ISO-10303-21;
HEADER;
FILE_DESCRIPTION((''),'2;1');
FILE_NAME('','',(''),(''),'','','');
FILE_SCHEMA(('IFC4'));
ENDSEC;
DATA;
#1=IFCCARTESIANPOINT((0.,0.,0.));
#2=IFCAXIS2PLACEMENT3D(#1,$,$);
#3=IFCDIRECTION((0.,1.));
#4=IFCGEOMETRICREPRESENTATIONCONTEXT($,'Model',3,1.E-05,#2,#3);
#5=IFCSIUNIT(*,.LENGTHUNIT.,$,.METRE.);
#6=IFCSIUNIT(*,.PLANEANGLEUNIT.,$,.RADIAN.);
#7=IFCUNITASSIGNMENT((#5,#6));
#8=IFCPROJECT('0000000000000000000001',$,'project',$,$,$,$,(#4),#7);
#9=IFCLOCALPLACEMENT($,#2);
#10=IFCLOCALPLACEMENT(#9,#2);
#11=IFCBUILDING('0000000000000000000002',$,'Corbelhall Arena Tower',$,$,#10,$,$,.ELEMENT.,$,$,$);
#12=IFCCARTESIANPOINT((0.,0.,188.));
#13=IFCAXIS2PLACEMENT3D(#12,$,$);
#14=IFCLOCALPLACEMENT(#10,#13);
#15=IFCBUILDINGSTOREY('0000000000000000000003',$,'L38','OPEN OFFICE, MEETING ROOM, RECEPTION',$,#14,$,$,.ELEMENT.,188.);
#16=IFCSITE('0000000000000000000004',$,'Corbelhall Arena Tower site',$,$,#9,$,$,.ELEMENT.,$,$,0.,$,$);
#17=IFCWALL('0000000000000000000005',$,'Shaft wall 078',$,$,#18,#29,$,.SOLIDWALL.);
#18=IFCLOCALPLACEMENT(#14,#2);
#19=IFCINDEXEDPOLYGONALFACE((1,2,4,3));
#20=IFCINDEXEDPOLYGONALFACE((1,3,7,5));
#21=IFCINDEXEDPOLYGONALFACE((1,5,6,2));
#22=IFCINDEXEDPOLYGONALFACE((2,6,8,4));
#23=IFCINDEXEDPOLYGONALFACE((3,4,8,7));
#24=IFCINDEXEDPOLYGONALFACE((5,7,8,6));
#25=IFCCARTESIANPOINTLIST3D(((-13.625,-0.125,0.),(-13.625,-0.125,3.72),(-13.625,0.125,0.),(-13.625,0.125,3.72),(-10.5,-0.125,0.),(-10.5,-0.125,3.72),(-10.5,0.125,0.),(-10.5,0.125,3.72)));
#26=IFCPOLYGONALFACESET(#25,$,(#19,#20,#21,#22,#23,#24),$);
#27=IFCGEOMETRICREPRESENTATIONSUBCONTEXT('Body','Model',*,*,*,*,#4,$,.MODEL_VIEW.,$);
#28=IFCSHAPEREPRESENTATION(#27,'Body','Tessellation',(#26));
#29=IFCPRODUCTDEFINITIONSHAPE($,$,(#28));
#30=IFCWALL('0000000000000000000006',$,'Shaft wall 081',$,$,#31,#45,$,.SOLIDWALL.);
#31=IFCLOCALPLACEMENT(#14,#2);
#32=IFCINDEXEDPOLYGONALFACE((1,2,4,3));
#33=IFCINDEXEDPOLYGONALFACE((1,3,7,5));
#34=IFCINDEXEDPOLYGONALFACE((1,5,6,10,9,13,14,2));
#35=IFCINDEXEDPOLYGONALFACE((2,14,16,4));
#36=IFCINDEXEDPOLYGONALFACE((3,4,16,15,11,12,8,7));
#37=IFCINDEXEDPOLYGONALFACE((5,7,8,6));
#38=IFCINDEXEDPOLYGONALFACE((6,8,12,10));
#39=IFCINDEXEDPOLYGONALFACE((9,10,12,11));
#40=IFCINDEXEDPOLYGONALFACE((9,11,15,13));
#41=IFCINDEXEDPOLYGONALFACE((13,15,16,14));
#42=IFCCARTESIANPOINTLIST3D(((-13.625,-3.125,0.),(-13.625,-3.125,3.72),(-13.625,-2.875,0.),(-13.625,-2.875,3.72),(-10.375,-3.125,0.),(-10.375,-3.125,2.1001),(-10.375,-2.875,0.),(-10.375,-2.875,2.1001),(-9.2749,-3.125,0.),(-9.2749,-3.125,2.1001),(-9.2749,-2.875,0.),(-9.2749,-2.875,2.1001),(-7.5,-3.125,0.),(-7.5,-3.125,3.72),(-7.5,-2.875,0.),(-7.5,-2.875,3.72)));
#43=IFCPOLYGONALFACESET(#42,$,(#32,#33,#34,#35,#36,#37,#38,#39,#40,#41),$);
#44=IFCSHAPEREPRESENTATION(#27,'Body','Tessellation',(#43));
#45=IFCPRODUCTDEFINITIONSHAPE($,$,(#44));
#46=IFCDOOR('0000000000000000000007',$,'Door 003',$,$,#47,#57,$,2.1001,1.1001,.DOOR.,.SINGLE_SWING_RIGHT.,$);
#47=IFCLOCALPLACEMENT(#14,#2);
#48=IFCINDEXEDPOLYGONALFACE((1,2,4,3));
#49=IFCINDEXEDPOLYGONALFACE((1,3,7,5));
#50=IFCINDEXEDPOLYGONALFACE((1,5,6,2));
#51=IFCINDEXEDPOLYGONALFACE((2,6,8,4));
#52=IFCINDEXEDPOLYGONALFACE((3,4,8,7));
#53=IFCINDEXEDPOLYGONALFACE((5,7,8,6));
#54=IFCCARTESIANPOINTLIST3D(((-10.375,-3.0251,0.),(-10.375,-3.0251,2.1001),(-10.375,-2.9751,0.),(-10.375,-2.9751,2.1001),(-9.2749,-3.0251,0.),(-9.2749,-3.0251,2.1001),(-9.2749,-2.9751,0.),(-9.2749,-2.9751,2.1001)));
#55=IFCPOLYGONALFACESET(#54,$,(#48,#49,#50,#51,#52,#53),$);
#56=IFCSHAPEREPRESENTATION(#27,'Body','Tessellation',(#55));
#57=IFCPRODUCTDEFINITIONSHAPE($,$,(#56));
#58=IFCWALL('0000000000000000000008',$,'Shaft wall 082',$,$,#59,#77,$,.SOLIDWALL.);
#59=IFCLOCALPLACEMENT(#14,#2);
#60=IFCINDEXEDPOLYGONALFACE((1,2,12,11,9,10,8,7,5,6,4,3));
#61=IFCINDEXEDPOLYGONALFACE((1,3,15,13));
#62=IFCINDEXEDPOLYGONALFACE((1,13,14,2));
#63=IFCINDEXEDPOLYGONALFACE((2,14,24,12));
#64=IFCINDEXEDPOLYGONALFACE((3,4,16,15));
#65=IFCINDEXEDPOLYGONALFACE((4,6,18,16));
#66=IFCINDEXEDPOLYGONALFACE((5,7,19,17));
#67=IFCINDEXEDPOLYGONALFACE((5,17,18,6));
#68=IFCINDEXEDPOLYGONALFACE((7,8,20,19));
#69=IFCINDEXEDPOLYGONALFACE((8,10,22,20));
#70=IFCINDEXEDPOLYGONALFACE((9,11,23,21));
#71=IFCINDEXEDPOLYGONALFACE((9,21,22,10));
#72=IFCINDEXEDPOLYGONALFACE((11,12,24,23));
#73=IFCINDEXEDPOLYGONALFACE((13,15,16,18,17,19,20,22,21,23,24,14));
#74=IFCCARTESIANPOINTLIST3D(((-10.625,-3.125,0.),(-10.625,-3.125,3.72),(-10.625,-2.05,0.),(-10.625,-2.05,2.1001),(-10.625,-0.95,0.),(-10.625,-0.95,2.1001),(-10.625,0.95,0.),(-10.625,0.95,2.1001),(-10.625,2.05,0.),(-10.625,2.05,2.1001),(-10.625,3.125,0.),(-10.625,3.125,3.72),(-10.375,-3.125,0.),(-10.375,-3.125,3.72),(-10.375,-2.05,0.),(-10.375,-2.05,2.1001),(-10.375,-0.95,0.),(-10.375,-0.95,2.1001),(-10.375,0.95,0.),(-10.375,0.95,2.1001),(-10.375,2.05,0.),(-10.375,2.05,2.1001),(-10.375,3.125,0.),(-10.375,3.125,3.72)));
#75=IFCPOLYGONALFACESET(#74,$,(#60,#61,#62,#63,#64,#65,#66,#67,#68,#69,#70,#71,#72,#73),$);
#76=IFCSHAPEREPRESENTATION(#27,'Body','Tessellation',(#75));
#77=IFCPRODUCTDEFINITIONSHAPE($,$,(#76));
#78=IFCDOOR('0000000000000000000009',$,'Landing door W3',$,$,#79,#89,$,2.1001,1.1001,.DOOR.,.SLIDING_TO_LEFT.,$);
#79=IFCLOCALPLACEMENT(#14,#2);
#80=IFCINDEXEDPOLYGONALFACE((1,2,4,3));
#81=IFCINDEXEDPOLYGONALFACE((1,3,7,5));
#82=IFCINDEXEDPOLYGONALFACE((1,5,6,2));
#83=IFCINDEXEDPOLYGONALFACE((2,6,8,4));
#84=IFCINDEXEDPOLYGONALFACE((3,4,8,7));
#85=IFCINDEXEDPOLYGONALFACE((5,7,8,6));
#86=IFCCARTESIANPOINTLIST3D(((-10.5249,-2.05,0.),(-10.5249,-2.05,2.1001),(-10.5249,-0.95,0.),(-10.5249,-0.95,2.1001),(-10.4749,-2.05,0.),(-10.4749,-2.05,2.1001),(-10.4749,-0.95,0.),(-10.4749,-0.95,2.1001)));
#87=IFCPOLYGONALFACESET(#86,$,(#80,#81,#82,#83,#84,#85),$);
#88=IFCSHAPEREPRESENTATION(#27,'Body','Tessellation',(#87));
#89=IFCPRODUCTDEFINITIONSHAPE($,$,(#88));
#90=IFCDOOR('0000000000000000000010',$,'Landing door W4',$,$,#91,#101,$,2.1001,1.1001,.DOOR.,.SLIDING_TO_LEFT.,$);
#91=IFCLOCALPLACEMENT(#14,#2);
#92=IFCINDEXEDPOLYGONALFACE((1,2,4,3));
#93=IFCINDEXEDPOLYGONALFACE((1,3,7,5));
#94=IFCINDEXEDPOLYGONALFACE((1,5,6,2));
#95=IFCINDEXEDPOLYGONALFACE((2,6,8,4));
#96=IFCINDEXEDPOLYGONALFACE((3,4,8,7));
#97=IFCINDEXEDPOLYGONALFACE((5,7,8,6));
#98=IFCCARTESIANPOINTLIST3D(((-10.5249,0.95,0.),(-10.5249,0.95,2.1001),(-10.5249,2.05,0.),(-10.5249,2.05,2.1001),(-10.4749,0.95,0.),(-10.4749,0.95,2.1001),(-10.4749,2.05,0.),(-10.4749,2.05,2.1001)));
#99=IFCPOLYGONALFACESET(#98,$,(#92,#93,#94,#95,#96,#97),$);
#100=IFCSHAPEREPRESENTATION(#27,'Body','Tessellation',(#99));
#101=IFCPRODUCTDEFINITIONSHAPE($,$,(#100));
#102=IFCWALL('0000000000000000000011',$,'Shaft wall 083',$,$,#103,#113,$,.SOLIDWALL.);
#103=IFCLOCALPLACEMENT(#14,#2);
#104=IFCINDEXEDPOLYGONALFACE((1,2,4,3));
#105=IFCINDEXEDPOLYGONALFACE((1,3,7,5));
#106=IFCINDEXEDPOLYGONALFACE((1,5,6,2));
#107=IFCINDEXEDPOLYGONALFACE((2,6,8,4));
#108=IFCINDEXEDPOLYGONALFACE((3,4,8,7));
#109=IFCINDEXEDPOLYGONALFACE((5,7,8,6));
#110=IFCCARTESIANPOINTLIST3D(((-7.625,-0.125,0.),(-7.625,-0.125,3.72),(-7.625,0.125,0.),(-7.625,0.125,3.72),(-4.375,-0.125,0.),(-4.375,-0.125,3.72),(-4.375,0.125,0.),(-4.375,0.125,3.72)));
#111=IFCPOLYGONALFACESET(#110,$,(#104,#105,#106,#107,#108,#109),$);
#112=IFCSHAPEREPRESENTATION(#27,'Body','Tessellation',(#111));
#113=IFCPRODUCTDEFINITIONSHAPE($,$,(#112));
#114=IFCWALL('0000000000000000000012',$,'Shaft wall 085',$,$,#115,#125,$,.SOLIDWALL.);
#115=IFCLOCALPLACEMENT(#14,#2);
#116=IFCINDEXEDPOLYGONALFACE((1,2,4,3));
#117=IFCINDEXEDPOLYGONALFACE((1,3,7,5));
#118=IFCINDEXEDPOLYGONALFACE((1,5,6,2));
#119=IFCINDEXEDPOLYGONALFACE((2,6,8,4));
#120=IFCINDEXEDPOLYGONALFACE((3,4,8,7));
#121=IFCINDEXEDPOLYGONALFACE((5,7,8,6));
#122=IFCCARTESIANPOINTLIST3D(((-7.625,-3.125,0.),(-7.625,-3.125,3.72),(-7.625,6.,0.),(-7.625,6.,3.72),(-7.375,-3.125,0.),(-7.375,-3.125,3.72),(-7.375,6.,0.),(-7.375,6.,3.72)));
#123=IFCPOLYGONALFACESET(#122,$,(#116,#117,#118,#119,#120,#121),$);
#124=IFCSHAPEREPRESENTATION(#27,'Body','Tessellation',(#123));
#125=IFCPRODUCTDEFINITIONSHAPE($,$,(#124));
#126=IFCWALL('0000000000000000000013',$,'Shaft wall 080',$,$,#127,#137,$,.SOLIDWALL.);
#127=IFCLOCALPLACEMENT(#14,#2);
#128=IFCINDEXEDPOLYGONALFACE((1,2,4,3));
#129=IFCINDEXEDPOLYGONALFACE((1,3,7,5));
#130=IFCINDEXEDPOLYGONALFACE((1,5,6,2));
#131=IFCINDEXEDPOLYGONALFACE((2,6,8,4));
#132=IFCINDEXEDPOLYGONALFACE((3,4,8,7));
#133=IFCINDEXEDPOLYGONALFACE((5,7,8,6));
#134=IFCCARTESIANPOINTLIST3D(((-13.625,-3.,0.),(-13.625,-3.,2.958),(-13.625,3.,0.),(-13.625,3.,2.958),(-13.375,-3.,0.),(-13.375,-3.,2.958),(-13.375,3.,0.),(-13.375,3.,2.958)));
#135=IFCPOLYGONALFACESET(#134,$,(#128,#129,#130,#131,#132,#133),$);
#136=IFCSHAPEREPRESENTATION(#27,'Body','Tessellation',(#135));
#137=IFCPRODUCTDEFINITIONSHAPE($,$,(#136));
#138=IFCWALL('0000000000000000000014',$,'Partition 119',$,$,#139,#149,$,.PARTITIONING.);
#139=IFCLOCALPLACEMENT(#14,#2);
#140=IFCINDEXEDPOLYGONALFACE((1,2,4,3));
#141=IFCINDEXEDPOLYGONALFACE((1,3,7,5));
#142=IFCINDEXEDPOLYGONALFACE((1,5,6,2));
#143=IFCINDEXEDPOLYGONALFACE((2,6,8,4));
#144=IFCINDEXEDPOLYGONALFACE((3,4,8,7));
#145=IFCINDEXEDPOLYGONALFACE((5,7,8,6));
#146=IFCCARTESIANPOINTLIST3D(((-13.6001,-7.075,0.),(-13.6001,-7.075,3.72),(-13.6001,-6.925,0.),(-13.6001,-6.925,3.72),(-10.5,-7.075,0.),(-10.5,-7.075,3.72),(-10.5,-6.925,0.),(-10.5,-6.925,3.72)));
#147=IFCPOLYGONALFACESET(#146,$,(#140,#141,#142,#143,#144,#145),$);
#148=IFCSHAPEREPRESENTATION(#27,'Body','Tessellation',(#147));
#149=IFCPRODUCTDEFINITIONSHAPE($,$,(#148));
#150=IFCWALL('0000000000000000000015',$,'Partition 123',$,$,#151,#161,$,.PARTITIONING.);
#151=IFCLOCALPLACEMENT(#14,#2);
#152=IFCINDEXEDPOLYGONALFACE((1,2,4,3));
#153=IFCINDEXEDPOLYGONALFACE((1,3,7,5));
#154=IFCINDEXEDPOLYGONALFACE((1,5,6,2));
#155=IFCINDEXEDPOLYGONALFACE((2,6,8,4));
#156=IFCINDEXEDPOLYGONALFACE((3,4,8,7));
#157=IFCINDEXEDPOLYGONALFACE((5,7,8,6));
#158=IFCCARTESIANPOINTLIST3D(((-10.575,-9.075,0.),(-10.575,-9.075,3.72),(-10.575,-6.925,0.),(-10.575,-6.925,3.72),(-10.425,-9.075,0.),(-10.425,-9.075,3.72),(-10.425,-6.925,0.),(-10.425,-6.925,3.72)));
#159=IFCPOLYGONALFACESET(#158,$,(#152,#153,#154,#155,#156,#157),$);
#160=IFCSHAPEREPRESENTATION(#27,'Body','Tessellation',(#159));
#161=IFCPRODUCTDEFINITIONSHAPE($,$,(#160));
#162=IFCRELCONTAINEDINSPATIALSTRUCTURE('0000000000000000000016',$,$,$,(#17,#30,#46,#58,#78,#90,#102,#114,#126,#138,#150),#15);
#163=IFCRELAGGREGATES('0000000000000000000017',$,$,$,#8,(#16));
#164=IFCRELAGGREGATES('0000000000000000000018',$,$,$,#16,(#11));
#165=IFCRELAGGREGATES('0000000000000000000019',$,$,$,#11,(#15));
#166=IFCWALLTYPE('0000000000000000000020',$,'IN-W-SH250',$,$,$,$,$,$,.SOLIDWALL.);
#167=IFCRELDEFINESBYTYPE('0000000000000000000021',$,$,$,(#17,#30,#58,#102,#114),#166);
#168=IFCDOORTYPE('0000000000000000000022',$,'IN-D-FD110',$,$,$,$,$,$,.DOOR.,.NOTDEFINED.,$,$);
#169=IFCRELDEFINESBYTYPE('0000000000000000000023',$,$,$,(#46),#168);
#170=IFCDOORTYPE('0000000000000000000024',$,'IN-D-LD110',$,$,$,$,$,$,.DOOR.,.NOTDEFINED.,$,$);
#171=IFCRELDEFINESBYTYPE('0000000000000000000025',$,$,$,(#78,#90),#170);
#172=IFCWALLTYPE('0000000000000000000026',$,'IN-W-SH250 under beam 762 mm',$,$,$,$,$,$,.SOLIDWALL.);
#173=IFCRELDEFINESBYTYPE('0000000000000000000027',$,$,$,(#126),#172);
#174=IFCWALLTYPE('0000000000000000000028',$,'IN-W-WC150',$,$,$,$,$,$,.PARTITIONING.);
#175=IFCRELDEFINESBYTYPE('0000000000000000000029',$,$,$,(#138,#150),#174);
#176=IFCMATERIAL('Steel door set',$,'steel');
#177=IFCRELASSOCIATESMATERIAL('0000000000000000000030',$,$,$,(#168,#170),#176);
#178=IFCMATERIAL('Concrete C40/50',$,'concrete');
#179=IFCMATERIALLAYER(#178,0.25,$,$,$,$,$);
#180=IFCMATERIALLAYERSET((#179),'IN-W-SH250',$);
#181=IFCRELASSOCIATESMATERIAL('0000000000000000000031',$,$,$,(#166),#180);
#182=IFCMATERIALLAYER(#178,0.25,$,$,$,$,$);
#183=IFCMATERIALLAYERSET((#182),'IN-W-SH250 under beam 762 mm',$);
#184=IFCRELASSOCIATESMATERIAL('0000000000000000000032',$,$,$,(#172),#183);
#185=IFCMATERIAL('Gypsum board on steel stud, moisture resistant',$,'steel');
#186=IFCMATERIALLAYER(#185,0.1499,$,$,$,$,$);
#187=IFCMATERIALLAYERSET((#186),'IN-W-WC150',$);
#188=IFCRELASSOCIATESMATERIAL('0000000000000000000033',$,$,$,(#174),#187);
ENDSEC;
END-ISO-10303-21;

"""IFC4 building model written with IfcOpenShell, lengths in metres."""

from ifc_helpers import new_model, si_unit, direction, frame, frame_2d, origin, place, context, subcontext, project, spatial, rectangle, extrude, material, layer, layer_set, type_object, element, fill, save


model = new_model("IFC4")

# Units and contexts
model_context = context("Model", 3, precision=1e-05, world=origin(), true_north=direction((0.0, 1.0)))
body_context = subcontext(model_context, "Body", "Model", "MODEL_VIEW")
ifc_project = project(units=[si_unit("LENGTHUNIT", "METRE"), si_unit("PLANEANGLEUNIT", "RADIAN")], contexts=[model_context])

# Site, building, storey
site_placement = place(None, origin())
site = spatial("IfcSite", under=ifc_project, at=site_placement, Name="Corbelhall Arena Tower site", CompositionType="ELEMENT", RefElevation=0.0)
building_placement = place(site_placement, origin())
building = spatial("IfcBuilding", under=site, at=building_placement, Name="Corbelhall Arena Tower", CompositionType="ELEMENT")
storey_placement = place(building_placement, frame((0.0, 0.0, 188.0)))
storey = spatial("IfcBuildingStorey", under=building, at=storey_placement, Name="L38", Description="OPEN OFFICE, MEETING ROOM, RECEPTION", CompositionType="ELEMENT", Elevation=188.0)

# Shared definitions
ifc_material_1 = material(Name="Steel door set", Category="steel")
door_type_1 = type_object("IfcDoorType", Name="IN-D-FD110", OperationType="NOTDEFINED", PredefinedType="DOOR", material=ifc_material_1)

# Wall
ifc_material_2 = material(Name="Concrete C40/50", Category="concrete")
ifc_layer_1 = layer(ifc_material_2, 0.25)
ifc_layer_set_1 = layer_set([ifc_layer_1], Name="IN-W-SH250")
wall_type_1 = type_object("IfcWallType", Name="IN-W-SH250", PredefinedType="SOLIDWALL", material=ifc_layer_set_1)
wall_1_placement = place(storey_placement, frame((-13.625, 0.0, 0.0), z_axis=(0.0, 0.0, 1.0), x_axis=(1.0, 0.0, 0.0)))
element("IfcWall", 1, at=wall_1_placement, inside=storey, type_object=wall_type_1, Name="Shaft wall 078", PredefinedType="SOLIDWALL", context=body_context, shape_type="SweptSolid", body=[
    extrude(rectangle(XDim=3.125, YDim=0.25, at=frame_2d((1.5625, 0.0))), origin(), (0.0, 0.0, 1.0), 3.72),
])

# Wall, opening, door
wall_2_placement = place(storey_placement, frame((-13.625, -3.0, 0.0), z_axis=(0.0, 0.0, 1.0), x_axis=(1.0, 0.0, 0.0)))
wall_2 = element("IfcWall", 2, at=wall_2_placement, inside=storey, type_object=wall_type_1, Name="Shaft wall 081", PredefinedType="SOLIDWALL", context=body_context, shape_type="SweptSolid", body=[
    extrude(rectangle(XDim=6.125, YDim=0.25, at=frame_2d((3.0625, 0.0))), origin(), (0.0, 0.0, 1.0), 3.72),
])
opening_1_placement = place(wall_2_placement, frame((3.25, 0.0, 0.0)))
opening_1 = element("IfcOpeningElement", 3, at=opening_1_placement, cuts=wall_2, PredefinedType="OPENING", context=body_context, shape_type="SweptSolid", body=[
    extrude(rectangle(XDim=1.1001, YDim=2.1001, at=frame_2d((0.55, 1.05))), frame((0.0, 0.125, 0.0), z_axis=(0.0, -1.0, 0.0), x_axis=(1.0, 0.0, 0.0)), (0.0, 0.0, 1.0), 0.25),
])
door_1_placement = place(opening_1_placement, origin())
door_1 = element("IfcDoor", 4, at=door_1_placement, inside=storey, type_object=door_type_1, Name="Door 003", OperationType="SINGLE_SWING_RIGHT", OverallHeight=2.1001, OverallWidth=1.1001, PredefinedType="DOOR", context=body_context, shape_type="SweptSolid", body=[
    extrude(rectangle(XDim=1.1001, YDim=2.1001, at=frame_2d((0.55, 1.05))), frame((0.0, 0.0249, 0.0), z_axis=(0.0, -1.0, 0.0), x_axis=(1.0, 0.0, 0.0)), (0.0, 0.0, 1.0), 0.05),
])
fill(opening_1, door_1)

# Wall, openings, doors
wall_3_placement = place(storey_placement, frame((-10.5, -3.125, 0.0), z_axis=(0.0, 0.0, 1.0), x_axis=(0.0, 1.0, 0.0)))
wall_3 = element("IfcWall", 5, at=wall_3_placement, inside=storey, type_object=wall_type_1, Name="Shaft wall 082", PredefinedType="SOLIDWALL", context=body_context, shape_type="SweptSolid", body=[
    extrude(rectangle(XDim=6.25, YDim=0.25, at=frame_2d((3.125, 0.0))), origin(), (0.0, 0.0, 1.0), 3.72),
])
opening_2_placement = place(wall_3_placement, frame((1.075, 0.0, 0.0)))
opening_2 = element("IfcOpeningElement", 6, at=opening_2_placement, cuts=wall_3, PredefinedType="OPENING", context=body_context, shape_type="SweptSolid", body=[
    extrude(rectangle(XDim=1.1001, YDim=2.1001, at=frame_2d((0.55, 1.05))), frame((0.0, 0.125, 0.0), z_axis=(0.0, -1.0, 0.0), x_axis=(1.0, 0.0, 0.0)), (0.0, 0.0, 1.0), 0.25),
])
opening_3_placement = place(wall_3_placement, frame((4.075, 0.0, 0.0)))
opening_3 = element("IfcOpeningElement", 7, at=opening_3_placement, cuts=wall_3, PredefinedType="OPENING", context=body_context, shape_type="SweptSolid", body=[
    extrude(rectangle(XDim=1.1001, YDim=2.1001, at=frame_2d((0.55, 1.05))), frame((0.0, 0.125, 0.0), z_axis=(0.0, -1.0, 0.0), x_axis=(1.0, 0.0, 0.0)), (0.0, 0.0, 1.0), 0.25),
])
door_type_2 = type_object("IfcDoorType", Name="IN-D-LD110", OperationType="NOTDEFINED", PredefinedType="DOOR", material=ifc_material_1)
door_2_placement = place(opening_2_placement, origin())
door_2 = element("IfcDoor", 8, at=door_2_placement, inside=storey, type_object=door_type_2, Name="Landing door W3", OperationType="SLIDING_TO_LEFT", OverallHeight=2.1001, OverallWidth=1.1001, PredefinedType="DOOR", context=body_context, shape_type="SweptSolid", body=[
    extrude(rectangle(XDim=1.1001, YDim=2.1001, at=frame_2d((0.55, 1.05))), frame((0.0, 0.0249, 0.0), z_axis=(0.0, -1.0, 0.0), x_axis=(1.0, 0.0, 0.0)), (0.0, 0.0, 1.0), 0.05),
])
fill(opening_2, door_2)
door_3_placement = place(opening_3_placement, origin())
door_3 = element("IfcDoor", 9, at=door_3_placement, inside=storey, type_object=door_type_2, Name="Landing door W4", OperationType="SLIDING_TO_LEFT", OverallHeight=2.1001, OverallWidth=1.1001, PredefinedType="DOOR", context=body_context, shape_type="SweptSolid", body=[
    extrude(rectangle(XDim=1.1001, YDim=2.1001, at=frame_2d((0.55, 1.05))), frame((0.0, 0.0249, 0.0), z_axis=(0.0, -1.0, 0.0), x_axis=(1.0, 0.0, 0.0)), (0.0, 0.0, 1.0), 0.05),
])
fill(opening_3, door_3)

# Walls
wall_4_placement = place(storey_placement, frame((-7.625, 0.0, 0.0), z_axis=(0.0, 0.0, 1.0), x_axis=(1.0, 0.0, 0.0)))
element("IfcWall", 10, at=wall_4_placement, inside=storey, type_object=wall_type_1, Name="Shaft wall 083", PredefinedType="SOLIDWALL", context=body_context, shape_type="SweptSolid", body=[
    extrude(rectangle(XDim=3.25, YDim=0.25, at=frame_2d((1.625, 0.0))), origin(), (0.0, 0.0, 1.0), 3.72),
])
wall_5_placement = place(storey_placement, frame((-7.5, -3.125, 0.0), z_axis=(0.0, 0.0, 1.0), x_axis=(0.0, 1.0, 0.0)))
element("IfcWall", 11, at=wall_5_placement, inside=storey, type_object=wall_type_1, Name="Shaft wall 085", PredefinedType="SOLIDWALL", context=body_context, shape_type="SweptSolid", body=[
    extrude(rectangle(XDim=9.125, YDim=0.25, at=frame_2d((4.5625, 0.0))), origin(), (0.0, 0.0, 1.0), 3.72),
])
ifc_layer_2 = layer(ifc_material_2, 0.25)
ifc_layer_set_2 = layer_set([ifc_layer_2], Name="IN-W-SH250 under beam 762 mm")
wall_type_2 = type_object("IfcWallType", Name="IN-W-SH250 under beam 762 mm", PredefinedType="SOLIDWALL", material=ifc_layer_set_2)
wall_6_placement = place(storey_placement, frame((-13.5, -3.0, 0.0), z_axis=(0.0, 0.0, 1.0), x_axis=(0.0, 1.0, 0.0)))
element("IfcWall", 12, at=wall_6_placement, inside=storey, type_object=wall_type_2, Name="Shaft wall 080", PredefinedType="SOLIDWALL", context=body_context, shape_type="SweptSolid", body=[
    extrude(rectangle(XDim=6.0, YDim=0.25, at=frame_2d((3.0, 0.0))), origin(), (0.0, 0.0, 1.0), 2.958),
])
ifc_material_3 = material(Name="Gypsum board on steel stud, moisture resistant", Category="steel")
ifc_layer_3 = layer(ifc_material_3, 0.1499)
ifc_layer_set_3 = layer_set([ifc_layer_3], Name="IN-W-WC150")
wall_type_3 = type_object("IfcWallType", Name="IN-W-WC150", PredefinedType="PARTITIONING", material=ifc_layer_set_3)
wall_7_placement = place(storey_placement, frame((-13.6001, -7.0, 0.0), z_axis=(0.0, 0.0, 1.0), x_axis=(1.0, 0.0, 0.0)))
element("IfcWall", 13, at=wall_7_placement, inside=storey, type_object=wall_type_3, Name="Partition 119", PredefinedType="PARTITIONING", context=body_context, shape_type="SweptSolid", body=[
    extrude(rectangle(XDim=3.1001, YDim=0.1499, at=frame_2d((1.55, 0.0))), origin(), (0.0, 0.0, 1.0), 3.72),
])
wall_8_placement = place(storey_placement, frame((-10.5, -9.075, 0.0), z_axis=(0.0, 0.0, 1.0), x_axis=(0.0, 1.0, 0.0)))
element("IfcWall", 14, at=wall_8_placement, inside=storey, type_object=wall_type_3, Name="Partition 123", PredefinedType="PARTITIONING", context=body_context, shape_type="SweptSolid", body=[
    extrude(rectangle(XDim=2.1499, YDim=0.1499, at=frame_2d((1.075, 0.0))), origin(), (0.0, 0.0, 1.0), 3.72),
])

save(model, "model.ifc")
